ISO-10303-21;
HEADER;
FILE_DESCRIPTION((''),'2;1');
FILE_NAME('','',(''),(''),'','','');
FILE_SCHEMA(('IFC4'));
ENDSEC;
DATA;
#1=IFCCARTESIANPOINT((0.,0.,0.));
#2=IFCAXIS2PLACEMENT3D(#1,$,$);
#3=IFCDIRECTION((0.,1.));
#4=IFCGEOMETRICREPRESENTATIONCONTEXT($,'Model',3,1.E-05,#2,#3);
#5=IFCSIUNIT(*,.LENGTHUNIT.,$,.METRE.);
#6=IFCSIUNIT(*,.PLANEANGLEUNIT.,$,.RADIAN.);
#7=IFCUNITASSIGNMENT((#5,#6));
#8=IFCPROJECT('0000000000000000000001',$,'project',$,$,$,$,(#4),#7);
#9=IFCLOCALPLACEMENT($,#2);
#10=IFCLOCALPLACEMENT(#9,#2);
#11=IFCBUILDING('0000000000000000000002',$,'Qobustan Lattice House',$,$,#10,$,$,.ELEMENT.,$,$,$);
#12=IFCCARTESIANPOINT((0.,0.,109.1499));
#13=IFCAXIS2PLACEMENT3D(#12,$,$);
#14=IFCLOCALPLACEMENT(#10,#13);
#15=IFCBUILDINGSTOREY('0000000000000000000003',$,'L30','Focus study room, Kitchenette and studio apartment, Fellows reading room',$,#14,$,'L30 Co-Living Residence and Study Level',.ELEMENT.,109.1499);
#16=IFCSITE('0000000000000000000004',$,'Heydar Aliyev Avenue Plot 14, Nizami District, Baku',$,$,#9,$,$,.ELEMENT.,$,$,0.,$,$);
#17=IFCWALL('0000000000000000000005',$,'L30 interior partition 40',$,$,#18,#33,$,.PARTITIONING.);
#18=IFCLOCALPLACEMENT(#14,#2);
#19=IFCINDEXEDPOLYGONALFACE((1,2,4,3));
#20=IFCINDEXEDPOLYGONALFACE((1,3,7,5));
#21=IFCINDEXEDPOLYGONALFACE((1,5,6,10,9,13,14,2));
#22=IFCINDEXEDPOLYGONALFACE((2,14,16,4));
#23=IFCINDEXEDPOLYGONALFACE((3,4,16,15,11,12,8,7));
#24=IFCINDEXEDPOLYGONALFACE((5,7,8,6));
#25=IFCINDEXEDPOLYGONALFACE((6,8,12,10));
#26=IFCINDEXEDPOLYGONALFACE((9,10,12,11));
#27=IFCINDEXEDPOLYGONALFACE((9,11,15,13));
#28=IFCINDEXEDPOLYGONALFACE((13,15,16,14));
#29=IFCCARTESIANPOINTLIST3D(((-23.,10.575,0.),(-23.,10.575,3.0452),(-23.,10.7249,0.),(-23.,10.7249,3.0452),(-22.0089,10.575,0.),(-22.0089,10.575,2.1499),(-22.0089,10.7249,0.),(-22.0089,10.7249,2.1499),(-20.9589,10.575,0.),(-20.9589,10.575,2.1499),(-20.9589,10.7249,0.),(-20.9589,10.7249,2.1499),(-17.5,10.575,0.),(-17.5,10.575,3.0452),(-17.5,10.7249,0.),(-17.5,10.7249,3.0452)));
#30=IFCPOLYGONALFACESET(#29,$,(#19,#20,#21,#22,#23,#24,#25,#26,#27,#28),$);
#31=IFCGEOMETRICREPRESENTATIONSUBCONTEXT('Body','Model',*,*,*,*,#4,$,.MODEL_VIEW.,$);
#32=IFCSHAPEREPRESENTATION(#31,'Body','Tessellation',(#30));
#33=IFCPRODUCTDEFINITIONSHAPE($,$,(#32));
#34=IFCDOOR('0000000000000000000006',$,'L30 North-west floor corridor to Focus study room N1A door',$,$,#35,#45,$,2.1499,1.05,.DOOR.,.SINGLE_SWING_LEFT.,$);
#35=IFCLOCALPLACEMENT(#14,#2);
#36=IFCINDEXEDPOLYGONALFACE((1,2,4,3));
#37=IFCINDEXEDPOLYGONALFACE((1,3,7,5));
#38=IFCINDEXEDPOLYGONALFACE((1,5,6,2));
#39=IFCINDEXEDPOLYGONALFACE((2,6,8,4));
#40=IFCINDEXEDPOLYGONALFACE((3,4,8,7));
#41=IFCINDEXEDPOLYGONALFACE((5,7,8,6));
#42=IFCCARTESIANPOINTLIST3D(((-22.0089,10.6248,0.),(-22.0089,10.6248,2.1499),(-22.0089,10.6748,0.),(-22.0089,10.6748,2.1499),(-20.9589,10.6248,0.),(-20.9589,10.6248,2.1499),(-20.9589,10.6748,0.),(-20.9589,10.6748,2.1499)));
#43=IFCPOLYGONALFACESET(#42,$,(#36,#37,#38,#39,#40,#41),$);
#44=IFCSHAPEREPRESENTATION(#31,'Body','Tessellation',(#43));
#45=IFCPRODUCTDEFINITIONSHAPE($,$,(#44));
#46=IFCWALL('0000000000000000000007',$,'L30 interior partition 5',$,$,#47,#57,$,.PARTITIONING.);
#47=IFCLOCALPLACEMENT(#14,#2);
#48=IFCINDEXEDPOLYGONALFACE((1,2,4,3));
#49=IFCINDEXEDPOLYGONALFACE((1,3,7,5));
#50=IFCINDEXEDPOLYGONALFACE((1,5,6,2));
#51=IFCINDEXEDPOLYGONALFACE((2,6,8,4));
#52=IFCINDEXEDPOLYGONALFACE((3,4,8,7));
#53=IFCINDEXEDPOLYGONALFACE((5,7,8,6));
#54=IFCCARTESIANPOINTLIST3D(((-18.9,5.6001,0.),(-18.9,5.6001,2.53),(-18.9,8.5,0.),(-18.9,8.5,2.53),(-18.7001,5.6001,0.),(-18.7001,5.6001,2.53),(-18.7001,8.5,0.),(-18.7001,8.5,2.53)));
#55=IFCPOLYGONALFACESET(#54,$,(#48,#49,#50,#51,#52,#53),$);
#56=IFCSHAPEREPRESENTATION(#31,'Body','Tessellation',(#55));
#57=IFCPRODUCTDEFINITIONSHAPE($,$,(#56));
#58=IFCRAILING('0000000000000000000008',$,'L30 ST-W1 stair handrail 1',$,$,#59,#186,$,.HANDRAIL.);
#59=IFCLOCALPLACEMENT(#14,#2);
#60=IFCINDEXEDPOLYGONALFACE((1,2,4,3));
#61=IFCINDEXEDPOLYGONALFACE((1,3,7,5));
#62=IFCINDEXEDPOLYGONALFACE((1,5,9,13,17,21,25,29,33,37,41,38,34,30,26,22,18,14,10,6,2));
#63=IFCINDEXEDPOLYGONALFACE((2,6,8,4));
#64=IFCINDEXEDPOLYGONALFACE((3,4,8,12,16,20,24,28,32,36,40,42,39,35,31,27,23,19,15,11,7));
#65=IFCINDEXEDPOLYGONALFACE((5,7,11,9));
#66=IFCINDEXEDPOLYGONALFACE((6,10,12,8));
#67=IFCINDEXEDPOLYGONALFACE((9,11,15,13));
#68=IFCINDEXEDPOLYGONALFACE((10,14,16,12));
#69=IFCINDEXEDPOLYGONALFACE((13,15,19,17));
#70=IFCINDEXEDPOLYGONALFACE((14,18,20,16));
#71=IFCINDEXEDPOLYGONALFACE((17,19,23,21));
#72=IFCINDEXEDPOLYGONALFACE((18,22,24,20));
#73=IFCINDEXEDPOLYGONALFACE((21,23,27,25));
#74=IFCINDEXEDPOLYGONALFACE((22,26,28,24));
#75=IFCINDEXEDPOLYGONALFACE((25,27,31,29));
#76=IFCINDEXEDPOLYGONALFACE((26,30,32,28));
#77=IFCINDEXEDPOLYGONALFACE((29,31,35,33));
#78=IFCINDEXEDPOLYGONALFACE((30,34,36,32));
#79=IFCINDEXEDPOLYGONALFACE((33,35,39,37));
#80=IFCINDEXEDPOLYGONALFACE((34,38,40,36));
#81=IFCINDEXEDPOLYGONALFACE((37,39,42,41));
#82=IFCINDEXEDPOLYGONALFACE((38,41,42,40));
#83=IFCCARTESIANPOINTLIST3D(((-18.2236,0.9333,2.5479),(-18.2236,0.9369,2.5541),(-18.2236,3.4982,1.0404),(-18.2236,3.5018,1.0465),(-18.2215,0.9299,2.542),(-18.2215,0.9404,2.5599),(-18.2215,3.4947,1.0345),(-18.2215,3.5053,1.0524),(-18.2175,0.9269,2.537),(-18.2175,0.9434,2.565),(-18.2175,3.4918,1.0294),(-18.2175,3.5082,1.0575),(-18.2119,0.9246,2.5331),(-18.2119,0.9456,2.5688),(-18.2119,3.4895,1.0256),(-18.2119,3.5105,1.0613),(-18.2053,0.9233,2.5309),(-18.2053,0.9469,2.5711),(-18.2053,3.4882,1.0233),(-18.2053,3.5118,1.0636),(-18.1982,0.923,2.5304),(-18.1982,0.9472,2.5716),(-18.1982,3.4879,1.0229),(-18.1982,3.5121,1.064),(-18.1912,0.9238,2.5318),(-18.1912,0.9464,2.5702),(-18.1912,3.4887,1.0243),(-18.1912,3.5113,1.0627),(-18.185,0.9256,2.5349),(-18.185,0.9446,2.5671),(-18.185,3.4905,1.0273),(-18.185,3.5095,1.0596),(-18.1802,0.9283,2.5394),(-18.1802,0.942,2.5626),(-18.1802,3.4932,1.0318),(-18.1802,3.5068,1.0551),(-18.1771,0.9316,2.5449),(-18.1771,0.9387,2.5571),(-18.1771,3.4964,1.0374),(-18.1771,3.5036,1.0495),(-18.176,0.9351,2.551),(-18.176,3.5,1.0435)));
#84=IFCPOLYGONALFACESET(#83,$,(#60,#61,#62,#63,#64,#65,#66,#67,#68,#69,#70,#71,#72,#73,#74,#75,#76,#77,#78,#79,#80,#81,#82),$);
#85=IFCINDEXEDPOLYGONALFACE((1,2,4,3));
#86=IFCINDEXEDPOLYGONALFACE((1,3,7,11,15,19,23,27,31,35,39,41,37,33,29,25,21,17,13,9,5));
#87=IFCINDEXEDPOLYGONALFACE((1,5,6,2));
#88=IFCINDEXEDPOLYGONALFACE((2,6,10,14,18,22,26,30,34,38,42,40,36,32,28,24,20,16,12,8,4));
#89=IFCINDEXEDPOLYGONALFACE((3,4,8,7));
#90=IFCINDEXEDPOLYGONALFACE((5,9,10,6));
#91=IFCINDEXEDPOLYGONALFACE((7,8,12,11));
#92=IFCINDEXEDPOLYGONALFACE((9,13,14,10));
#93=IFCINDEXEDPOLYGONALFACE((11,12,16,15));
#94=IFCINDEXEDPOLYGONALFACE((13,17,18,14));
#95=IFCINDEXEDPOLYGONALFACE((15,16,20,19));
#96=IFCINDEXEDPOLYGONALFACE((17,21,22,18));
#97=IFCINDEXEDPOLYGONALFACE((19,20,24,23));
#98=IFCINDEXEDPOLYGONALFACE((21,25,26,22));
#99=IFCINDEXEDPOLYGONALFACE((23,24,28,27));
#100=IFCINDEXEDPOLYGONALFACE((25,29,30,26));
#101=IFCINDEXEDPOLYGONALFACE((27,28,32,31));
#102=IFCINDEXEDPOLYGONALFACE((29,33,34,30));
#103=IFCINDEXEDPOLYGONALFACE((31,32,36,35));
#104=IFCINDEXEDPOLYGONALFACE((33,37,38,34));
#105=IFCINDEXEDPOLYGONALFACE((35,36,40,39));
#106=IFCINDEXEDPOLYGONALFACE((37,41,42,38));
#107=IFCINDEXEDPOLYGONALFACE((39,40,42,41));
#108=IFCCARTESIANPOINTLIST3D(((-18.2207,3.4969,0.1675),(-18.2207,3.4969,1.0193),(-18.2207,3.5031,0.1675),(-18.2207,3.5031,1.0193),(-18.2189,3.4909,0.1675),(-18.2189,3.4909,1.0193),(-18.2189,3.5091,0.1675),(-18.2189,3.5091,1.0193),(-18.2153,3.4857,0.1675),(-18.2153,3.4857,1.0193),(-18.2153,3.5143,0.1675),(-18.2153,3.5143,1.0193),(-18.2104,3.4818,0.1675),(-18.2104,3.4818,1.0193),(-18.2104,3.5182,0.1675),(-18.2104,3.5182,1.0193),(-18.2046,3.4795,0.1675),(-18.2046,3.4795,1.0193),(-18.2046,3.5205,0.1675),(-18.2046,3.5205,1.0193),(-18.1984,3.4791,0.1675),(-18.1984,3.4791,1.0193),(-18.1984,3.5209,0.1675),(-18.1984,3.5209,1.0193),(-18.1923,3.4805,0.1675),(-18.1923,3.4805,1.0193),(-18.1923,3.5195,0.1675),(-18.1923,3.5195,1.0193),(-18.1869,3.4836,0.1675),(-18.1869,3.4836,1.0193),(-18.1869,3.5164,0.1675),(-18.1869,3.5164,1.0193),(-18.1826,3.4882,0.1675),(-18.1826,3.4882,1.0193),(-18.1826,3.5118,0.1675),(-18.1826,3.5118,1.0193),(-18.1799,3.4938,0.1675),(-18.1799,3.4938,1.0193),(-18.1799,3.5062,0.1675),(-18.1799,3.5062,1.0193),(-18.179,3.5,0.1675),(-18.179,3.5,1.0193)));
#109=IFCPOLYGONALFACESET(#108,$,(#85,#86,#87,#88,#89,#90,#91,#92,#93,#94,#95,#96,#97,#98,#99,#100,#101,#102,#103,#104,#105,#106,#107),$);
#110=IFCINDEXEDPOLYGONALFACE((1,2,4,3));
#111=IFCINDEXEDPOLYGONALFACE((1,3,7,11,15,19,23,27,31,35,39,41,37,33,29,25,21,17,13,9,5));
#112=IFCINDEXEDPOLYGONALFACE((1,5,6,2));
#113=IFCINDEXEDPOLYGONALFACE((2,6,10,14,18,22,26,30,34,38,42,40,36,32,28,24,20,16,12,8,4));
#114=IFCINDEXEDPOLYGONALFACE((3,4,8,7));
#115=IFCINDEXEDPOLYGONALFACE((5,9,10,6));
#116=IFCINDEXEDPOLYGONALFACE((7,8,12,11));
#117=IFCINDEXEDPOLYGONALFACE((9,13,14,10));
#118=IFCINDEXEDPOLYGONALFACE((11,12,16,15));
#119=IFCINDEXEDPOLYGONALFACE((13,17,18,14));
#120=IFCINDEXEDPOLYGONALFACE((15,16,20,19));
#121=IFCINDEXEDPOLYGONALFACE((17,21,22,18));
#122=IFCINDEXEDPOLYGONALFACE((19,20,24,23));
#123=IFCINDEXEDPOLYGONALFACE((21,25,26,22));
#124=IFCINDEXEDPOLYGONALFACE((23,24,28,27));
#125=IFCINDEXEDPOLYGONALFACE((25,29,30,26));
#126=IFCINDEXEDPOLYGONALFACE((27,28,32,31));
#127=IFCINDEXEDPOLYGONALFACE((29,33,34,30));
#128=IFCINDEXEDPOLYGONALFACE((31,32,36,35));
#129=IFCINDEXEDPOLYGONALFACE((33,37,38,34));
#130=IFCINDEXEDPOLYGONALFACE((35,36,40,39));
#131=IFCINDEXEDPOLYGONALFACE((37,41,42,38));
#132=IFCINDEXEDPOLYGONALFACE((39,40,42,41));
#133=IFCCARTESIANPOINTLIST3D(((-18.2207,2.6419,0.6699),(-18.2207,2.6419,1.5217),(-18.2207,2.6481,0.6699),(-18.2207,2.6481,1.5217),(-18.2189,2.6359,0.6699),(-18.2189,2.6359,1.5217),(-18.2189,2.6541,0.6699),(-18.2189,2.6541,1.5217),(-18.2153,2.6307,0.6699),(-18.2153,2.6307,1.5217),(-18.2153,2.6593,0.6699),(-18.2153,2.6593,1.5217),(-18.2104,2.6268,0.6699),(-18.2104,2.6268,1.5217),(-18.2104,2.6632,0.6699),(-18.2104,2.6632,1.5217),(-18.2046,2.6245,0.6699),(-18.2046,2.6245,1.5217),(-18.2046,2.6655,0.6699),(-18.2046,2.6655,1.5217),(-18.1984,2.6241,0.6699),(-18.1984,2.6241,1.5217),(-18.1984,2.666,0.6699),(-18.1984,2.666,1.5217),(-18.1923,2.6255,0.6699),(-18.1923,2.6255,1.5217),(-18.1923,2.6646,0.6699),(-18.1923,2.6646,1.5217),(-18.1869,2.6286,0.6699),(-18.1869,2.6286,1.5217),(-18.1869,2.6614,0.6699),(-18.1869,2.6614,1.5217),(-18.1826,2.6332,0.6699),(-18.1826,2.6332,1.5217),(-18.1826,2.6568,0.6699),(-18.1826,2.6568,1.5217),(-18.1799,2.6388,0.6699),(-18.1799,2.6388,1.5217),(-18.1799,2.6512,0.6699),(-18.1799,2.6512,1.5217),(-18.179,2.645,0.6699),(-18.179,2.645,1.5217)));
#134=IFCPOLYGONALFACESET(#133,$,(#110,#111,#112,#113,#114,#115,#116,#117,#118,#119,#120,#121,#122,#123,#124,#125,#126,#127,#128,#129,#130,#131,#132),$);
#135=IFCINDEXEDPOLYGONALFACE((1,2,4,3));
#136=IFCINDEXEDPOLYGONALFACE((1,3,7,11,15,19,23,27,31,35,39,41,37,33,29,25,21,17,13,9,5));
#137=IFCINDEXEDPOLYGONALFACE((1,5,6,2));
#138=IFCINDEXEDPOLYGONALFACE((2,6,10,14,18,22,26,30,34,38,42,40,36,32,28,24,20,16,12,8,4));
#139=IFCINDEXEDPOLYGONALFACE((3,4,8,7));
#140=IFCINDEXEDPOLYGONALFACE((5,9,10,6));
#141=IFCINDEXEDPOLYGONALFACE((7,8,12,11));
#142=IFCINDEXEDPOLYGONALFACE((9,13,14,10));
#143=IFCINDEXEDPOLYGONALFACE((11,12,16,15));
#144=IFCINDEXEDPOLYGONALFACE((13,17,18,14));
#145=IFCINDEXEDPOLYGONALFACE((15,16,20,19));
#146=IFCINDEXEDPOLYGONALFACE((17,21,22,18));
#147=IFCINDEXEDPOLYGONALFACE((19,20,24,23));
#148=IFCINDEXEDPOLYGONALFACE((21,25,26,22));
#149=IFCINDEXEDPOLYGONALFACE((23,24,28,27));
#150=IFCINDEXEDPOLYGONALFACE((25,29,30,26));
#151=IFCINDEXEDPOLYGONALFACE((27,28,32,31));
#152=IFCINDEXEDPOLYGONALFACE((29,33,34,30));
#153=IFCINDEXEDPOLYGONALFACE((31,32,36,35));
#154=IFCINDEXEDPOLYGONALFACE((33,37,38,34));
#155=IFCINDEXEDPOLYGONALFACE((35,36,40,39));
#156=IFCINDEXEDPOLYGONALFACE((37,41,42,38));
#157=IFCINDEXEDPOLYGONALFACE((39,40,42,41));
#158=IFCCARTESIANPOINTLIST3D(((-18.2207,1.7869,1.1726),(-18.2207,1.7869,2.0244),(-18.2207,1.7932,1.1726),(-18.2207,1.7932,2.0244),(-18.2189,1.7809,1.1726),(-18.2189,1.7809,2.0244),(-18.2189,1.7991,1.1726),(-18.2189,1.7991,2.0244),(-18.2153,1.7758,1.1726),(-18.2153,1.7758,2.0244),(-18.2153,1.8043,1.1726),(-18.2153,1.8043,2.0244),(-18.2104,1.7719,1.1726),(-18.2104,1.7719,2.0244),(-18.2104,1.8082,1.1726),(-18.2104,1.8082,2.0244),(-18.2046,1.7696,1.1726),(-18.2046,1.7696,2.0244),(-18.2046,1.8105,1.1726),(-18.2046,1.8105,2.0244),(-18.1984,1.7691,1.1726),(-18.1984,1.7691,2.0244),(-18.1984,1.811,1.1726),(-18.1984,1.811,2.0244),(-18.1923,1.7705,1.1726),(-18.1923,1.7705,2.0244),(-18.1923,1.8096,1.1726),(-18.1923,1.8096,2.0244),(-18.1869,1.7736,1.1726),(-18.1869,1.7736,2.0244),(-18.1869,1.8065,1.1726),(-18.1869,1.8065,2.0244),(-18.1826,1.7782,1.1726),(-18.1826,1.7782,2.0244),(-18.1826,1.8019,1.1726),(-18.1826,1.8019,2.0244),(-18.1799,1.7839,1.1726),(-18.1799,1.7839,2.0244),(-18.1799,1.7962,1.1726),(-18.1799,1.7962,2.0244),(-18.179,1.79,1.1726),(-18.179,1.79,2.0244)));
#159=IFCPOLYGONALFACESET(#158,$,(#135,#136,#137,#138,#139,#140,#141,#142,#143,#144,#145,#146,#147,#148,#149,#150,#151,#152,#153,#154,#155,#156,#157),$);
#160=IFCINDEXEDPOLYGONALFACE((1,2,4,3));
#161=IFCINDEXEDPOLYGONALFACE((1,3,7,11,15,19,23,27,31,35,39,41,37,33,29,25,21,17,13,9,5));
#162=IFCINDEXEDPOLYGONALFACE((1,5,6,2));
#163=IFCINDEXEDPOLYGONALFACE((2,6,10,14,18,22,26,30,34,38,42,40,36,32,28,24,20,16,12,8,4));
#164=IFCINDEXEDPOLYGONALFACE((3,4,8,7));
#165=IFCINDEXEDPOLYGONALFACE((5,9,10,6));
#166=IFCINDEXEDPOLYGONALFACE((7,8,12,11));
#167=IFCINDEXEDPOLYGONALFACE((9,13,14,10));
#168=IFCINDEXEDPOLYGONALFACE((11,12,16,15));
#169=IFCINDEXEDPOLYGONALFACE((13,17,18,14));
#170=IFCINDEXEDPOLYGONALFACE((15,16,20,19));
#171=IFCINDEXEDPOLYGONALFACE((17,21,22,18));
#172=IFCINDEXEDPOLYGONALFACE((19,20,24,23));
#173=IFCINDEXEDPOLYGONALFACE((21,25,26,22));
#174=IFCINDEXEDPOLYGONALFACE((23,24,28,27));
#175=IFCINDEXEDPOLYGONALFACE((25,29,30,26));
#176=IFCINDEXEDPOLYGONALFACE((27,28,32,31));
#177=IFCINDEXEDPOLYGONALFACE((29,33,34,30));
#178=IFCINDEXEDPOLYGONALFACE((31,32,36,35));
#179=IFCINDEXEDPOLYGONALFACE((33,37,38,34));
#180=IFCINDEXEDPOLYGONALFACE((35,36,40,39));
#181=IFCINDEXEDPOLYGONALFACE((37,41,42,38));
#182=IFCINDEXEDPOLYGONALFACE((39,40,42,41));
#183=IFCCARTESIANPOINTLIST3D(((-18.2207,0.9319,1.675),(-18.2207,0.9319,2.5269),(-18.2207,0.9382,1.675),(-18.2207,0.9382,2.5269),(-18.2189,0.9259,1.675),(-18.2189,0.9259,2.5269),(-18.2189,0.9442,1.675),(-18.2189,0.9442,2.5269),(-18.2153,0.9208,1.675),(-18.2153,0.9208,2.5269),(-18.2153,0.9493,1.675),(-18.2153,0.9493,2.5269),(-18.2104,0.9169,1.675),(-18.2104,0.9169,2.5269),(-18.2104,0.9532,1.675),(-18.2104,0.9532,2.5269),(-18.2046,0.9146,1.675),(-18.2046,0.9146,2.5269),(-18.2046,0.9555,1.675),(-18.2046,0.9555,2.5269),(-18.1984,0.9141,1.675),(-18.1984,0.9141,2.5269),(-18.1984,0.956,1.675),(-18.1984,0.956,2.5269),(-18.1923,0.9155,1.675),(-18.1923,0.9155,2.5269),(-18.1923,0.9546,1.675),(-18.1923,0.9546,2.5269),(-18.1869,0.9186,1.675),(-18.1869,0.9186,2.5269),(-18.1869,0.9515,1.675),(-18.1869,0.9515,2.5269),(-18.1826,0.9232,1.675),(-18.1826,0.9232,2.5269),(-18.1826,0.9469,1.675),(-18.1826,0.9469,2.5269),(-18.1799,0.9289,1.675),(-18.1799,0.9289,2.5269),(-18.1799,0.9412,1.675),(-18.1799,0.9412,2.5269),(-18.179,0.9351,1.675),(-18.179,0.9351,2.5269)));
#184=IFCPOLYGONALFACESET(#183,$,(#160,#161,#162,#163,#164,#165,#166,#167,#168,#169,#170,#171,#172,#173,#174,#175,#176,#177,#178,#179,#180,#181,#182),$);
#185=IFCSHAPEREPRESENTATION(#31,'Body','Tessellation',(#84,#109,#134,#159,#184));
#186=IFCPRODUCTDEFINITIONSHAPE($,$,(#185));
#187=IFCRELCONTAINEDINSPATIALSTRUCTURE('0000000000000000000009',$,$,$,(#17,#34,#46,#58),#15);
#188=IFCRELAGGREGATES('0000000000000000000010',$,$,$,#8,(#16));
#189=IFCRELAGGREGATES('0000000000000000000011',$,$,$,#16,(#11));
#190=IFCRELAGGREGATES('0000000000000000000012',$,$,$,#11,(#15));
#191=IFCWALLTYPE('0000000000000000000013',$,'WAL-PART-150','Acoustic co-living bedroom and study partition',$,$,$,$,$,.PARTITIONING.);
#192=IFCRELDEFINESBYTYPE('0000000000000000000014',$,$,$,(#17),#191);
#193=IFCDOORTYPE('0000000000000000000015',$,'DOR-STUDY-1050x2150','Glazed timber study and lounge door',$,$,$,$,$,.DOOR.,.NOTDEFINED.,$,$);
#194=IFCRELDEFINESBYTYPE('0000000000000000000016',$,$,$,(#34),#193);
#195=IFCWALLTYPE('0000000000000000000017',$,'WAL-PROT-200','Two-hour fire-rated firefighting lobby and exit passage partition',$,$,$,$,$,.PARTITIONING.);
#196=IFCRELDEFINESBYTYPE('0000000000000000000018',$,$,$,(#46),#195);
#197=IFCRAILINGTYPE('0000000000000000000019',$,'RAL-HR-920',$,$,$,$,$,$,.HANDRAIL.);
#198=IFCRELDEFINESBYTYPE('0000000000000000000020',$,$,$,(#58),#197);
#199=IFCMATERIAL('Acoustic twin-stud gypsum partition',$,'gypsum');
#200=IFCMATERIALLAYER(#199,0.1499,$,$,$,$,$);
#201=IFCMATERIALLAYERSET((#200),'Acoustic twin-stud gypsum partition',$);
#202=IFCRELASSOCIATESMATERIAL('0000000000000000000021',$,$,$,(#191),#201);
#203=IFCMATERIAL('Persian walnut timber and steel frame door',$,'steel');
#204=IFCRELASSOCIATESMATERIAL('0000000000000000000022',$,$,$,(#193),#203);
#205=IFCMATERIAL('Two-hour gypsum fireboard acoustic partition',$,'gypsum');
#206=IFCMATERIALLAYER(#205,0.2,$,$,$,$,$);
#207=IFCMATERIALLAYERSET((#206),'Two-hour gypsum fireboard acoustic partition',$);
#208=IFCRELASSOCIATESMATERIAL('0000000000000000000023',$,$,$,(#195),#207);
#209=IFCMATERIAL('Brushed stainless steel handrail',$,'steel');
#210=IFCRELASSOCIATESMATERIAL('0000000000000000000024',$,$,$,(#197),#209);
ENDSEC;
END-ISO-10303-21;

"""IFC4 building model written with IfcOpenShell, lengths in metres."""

from ifc_helpers import new_model, si_unit, direction, frame, frame_2d, origin, origin_2d, place, context, subcontext, project, spatial, rectangle, circle, extrude, material, layer, layer_set, type_object, element, fill, save


model = new_model("IFC4")

# Units and contexts
model_context = context("Model", 3, precision=1e-05, world=origin(), true_north=direction((0.0, 1.0)))
body_context = subcontext(model_context, "Body", "Model", "MODEL_VIEW")
ifc_project = project(units=[si_unit("LENGTHUNIT", "METRE"), si_unit("PLANEANGLEUNIT", "RADIAN")], contexts=[model_context])

# Site, building, storey
site_placement = place(None, origin())
site = spatial("IfcSite", under=ifc_project, at=site_placement, Name="Heydar Aliyev Avenue Plot 14, Nizami District, Baku", CompositionType="ELEMENT", RefElevation=0.0)
building_placement = place(site_placement, origin())
building = spatial("IfcBuilding", under=site, at=building_placement, Name="Qobustan Lattice House", CompositionType="ELEMENT")
storey_placement = place(building_placement, frame((0.0, 0.0, 109.1499)))
storey = spatial("IfcBuildingStorey", under=building, at=storey_placement, Name="L30", Description="Focus study room, Kitchenette and studio apartment, Fellows reading room", LongName="L30 Co-Living Residence and Study Level", CompositionType="ELEMENT", Elevation=109.1499)

# Wall, opening, door
ifc_material_1 = material(Name="Acoustic twin-stud gypsum partition", Category="gypsum")
ifc_layer_1 = layer(ifc_material_1, 0.1499)
ifc_layer_set_1 = layer_set([ifc_layer_1], Name="Acoustic twin-stud gypsum partition")
wall_type_1 = type_object("IfcWallType", Name="WAL-PART-150", Description="Acoustic co-living bedroom and study partition", PredefinedType="PARTITIONING", material=ifc_layer_set_1)
wall_1_placement = place(storey_placement, frame((-23.0, 10.6499, 0.0), z_axis=(0.0, 0.0, 1.0), x_axis=(1.0, 0.0, 0.0)))
wall_1 = element("IfcWall", 1, at=wall_1_placement, inside=storey, type_object=wall_type_1, Name="L30 interior partition 40", PredefinedType="PARTITIONING", context=body_context, shape_type="SweptSolid", body=[
    extrude(rectangle(XDim=5.5, YDim=0.1499, at=frame_2d((2.75, 0.0))), origin(), (0.0, 0.0, 1.0), 3.0452),
])
opening_1_placement = place(wall_1_placement, frame((0.9912, 0.0, 0.0)))
opening_1 = element("IfcOpeningElement", 2, at=opening_1_placement, cuts=wall_1, PredefinedType="OPENING", context=body_context, shape_type="SweptSolid", body=[
    extrude(rectangle(XDim=1.05, YDim=2.1499, at=frame_2d((0.5249, 1.075))), frame((0.0, 0.085, 0.0), z_axis=(0.0, -1.0, 0.0), x_axis=(1.0, 0.0, 0.0)), (0.0, 0.0, 1.0), 0.1699),
])
ifc_material_2 = material(Name="Persian walnut timber and steel frame door", Category="steel")
door_type_1 = type_object("IfcDoorType", Name="DOR-STUDY-1050x2150", Description="Glazed timber study and lounge door", OperationType="NOTDEFINED", PredefinedType="DOOR", material=ifc_material_2)
door_1_placement = place(opening_1_placement, origin())
door_1 = element("IfcDoor", 3, at=door_1_placement, inside=storey, type_object=door_type_1, Name="L30 North-west floor corridor to Focus study room N1A door", OperationType="SINGLE_SWING_LEFT", OverallHeight=2.1499, OverallWidth=1.05, PredefinedType="DOOR", context=body_context, shape_type="SweptSolid", body=[
    extrude(rectangle(XDim=1.05, YDim=2.1499, at=frame_2d((0.5249, 1.075))), frame((0.0, 0.0249, 0.0), z_axis=(0.0, -1.0, 0.0), x_axis=(1.0, 0.0, 0.0)), (0.0, 0.0, 1.0), 0.05),
])
fill(opening_1, door_1)

# Wall
ifc_material_3 = material(Name="Two-hour gypsum fireboard acoustic partition", Category="gypsum")
ifc_layer_2 = layer(ifc_material_3, 0.2)
ifc_layer_set_2 = layer_set([ifc_layer_2], Name="Two-hour gypsum fireboard acoustic partition")
wall_type_2 = type_object("IfcWallType", Name="WAL-PROT-200", Description="Two-hour fire-rated firefighting lobby and exit passage partition", PredefinedType="PARTITIONING", material=ifc_layer_set_2)
wall_2_placement = place(storey_placement, frame((-18.8, 8.5, 0.0), z_axis=(0.0, 0.0, 1.0), x_axis=(0.0, -1.0, 0.0)))
element("IfcWall", 4, at=wall_2_placement, inside=storey, type_object=wall_type_2, Name="L30 interior partition 5", PredefinedType="PARTITIONING", context=body_context, shape_type="SweptSolid", body=[
    extrude(rectangle(XDim=2.8999, YDim=0.2, at=frame_2d((1.45, 0.0))), origin(), (0.0, 0.0, 1.0), 2.53),
])

# Railing
ifc_material_4 = material(Name="Brushed stainless steel handrail", Category="steel")
railing_type = type_object("IfcRailingType", Name="RAL-HR-920", PredefinedType="HANDRAIL", material=ifc_material_4)
railing_placement = place(storey_placement, frame((-18.2, 3.5, 0.1675)))
element("IfcRailing", 5, at=railing_placement, inside=storey, type_object=railing_type, Name="L30 ST-W1 stair handrail 1", PredefinedType="HANDRAIL", context=body_context, shape_type="SweptSolid", body=[
    extrude(circle(Radius=0.0239, at=origin_2d()), frame((0.0, 0.0, 0.876), z_axis=(0.0, -0.862113, 0.506715), x_axis=(1.0, 0.0, 0.0)), (0.0, 0.0, 1.0), 2.9751),
    extrude(circle(Radius=0.021, at=origin_2d()), origin(), (0.0, 0.0, 1.0), 0.8518),
    extrude(circle(Radius=0.021, at=origin_2d()), frame((0.0, -0.855, 0.5024)), (0.0, 0.0, 1.0), 0.8518),
    extrude(circle(Radius=0.021, at=origin_2d()), frame((0.0, -1.71, 1.0051)), (0.0, 0.0, 1.0), 0.8518),
    extrude(circle(Radius=0.021, at=origin_2d()), frame((0.0, -2.5649, 1.5076)), (0.0, 0.0, 1.0), 0.8518),
])

save(model, "model.ifc")
